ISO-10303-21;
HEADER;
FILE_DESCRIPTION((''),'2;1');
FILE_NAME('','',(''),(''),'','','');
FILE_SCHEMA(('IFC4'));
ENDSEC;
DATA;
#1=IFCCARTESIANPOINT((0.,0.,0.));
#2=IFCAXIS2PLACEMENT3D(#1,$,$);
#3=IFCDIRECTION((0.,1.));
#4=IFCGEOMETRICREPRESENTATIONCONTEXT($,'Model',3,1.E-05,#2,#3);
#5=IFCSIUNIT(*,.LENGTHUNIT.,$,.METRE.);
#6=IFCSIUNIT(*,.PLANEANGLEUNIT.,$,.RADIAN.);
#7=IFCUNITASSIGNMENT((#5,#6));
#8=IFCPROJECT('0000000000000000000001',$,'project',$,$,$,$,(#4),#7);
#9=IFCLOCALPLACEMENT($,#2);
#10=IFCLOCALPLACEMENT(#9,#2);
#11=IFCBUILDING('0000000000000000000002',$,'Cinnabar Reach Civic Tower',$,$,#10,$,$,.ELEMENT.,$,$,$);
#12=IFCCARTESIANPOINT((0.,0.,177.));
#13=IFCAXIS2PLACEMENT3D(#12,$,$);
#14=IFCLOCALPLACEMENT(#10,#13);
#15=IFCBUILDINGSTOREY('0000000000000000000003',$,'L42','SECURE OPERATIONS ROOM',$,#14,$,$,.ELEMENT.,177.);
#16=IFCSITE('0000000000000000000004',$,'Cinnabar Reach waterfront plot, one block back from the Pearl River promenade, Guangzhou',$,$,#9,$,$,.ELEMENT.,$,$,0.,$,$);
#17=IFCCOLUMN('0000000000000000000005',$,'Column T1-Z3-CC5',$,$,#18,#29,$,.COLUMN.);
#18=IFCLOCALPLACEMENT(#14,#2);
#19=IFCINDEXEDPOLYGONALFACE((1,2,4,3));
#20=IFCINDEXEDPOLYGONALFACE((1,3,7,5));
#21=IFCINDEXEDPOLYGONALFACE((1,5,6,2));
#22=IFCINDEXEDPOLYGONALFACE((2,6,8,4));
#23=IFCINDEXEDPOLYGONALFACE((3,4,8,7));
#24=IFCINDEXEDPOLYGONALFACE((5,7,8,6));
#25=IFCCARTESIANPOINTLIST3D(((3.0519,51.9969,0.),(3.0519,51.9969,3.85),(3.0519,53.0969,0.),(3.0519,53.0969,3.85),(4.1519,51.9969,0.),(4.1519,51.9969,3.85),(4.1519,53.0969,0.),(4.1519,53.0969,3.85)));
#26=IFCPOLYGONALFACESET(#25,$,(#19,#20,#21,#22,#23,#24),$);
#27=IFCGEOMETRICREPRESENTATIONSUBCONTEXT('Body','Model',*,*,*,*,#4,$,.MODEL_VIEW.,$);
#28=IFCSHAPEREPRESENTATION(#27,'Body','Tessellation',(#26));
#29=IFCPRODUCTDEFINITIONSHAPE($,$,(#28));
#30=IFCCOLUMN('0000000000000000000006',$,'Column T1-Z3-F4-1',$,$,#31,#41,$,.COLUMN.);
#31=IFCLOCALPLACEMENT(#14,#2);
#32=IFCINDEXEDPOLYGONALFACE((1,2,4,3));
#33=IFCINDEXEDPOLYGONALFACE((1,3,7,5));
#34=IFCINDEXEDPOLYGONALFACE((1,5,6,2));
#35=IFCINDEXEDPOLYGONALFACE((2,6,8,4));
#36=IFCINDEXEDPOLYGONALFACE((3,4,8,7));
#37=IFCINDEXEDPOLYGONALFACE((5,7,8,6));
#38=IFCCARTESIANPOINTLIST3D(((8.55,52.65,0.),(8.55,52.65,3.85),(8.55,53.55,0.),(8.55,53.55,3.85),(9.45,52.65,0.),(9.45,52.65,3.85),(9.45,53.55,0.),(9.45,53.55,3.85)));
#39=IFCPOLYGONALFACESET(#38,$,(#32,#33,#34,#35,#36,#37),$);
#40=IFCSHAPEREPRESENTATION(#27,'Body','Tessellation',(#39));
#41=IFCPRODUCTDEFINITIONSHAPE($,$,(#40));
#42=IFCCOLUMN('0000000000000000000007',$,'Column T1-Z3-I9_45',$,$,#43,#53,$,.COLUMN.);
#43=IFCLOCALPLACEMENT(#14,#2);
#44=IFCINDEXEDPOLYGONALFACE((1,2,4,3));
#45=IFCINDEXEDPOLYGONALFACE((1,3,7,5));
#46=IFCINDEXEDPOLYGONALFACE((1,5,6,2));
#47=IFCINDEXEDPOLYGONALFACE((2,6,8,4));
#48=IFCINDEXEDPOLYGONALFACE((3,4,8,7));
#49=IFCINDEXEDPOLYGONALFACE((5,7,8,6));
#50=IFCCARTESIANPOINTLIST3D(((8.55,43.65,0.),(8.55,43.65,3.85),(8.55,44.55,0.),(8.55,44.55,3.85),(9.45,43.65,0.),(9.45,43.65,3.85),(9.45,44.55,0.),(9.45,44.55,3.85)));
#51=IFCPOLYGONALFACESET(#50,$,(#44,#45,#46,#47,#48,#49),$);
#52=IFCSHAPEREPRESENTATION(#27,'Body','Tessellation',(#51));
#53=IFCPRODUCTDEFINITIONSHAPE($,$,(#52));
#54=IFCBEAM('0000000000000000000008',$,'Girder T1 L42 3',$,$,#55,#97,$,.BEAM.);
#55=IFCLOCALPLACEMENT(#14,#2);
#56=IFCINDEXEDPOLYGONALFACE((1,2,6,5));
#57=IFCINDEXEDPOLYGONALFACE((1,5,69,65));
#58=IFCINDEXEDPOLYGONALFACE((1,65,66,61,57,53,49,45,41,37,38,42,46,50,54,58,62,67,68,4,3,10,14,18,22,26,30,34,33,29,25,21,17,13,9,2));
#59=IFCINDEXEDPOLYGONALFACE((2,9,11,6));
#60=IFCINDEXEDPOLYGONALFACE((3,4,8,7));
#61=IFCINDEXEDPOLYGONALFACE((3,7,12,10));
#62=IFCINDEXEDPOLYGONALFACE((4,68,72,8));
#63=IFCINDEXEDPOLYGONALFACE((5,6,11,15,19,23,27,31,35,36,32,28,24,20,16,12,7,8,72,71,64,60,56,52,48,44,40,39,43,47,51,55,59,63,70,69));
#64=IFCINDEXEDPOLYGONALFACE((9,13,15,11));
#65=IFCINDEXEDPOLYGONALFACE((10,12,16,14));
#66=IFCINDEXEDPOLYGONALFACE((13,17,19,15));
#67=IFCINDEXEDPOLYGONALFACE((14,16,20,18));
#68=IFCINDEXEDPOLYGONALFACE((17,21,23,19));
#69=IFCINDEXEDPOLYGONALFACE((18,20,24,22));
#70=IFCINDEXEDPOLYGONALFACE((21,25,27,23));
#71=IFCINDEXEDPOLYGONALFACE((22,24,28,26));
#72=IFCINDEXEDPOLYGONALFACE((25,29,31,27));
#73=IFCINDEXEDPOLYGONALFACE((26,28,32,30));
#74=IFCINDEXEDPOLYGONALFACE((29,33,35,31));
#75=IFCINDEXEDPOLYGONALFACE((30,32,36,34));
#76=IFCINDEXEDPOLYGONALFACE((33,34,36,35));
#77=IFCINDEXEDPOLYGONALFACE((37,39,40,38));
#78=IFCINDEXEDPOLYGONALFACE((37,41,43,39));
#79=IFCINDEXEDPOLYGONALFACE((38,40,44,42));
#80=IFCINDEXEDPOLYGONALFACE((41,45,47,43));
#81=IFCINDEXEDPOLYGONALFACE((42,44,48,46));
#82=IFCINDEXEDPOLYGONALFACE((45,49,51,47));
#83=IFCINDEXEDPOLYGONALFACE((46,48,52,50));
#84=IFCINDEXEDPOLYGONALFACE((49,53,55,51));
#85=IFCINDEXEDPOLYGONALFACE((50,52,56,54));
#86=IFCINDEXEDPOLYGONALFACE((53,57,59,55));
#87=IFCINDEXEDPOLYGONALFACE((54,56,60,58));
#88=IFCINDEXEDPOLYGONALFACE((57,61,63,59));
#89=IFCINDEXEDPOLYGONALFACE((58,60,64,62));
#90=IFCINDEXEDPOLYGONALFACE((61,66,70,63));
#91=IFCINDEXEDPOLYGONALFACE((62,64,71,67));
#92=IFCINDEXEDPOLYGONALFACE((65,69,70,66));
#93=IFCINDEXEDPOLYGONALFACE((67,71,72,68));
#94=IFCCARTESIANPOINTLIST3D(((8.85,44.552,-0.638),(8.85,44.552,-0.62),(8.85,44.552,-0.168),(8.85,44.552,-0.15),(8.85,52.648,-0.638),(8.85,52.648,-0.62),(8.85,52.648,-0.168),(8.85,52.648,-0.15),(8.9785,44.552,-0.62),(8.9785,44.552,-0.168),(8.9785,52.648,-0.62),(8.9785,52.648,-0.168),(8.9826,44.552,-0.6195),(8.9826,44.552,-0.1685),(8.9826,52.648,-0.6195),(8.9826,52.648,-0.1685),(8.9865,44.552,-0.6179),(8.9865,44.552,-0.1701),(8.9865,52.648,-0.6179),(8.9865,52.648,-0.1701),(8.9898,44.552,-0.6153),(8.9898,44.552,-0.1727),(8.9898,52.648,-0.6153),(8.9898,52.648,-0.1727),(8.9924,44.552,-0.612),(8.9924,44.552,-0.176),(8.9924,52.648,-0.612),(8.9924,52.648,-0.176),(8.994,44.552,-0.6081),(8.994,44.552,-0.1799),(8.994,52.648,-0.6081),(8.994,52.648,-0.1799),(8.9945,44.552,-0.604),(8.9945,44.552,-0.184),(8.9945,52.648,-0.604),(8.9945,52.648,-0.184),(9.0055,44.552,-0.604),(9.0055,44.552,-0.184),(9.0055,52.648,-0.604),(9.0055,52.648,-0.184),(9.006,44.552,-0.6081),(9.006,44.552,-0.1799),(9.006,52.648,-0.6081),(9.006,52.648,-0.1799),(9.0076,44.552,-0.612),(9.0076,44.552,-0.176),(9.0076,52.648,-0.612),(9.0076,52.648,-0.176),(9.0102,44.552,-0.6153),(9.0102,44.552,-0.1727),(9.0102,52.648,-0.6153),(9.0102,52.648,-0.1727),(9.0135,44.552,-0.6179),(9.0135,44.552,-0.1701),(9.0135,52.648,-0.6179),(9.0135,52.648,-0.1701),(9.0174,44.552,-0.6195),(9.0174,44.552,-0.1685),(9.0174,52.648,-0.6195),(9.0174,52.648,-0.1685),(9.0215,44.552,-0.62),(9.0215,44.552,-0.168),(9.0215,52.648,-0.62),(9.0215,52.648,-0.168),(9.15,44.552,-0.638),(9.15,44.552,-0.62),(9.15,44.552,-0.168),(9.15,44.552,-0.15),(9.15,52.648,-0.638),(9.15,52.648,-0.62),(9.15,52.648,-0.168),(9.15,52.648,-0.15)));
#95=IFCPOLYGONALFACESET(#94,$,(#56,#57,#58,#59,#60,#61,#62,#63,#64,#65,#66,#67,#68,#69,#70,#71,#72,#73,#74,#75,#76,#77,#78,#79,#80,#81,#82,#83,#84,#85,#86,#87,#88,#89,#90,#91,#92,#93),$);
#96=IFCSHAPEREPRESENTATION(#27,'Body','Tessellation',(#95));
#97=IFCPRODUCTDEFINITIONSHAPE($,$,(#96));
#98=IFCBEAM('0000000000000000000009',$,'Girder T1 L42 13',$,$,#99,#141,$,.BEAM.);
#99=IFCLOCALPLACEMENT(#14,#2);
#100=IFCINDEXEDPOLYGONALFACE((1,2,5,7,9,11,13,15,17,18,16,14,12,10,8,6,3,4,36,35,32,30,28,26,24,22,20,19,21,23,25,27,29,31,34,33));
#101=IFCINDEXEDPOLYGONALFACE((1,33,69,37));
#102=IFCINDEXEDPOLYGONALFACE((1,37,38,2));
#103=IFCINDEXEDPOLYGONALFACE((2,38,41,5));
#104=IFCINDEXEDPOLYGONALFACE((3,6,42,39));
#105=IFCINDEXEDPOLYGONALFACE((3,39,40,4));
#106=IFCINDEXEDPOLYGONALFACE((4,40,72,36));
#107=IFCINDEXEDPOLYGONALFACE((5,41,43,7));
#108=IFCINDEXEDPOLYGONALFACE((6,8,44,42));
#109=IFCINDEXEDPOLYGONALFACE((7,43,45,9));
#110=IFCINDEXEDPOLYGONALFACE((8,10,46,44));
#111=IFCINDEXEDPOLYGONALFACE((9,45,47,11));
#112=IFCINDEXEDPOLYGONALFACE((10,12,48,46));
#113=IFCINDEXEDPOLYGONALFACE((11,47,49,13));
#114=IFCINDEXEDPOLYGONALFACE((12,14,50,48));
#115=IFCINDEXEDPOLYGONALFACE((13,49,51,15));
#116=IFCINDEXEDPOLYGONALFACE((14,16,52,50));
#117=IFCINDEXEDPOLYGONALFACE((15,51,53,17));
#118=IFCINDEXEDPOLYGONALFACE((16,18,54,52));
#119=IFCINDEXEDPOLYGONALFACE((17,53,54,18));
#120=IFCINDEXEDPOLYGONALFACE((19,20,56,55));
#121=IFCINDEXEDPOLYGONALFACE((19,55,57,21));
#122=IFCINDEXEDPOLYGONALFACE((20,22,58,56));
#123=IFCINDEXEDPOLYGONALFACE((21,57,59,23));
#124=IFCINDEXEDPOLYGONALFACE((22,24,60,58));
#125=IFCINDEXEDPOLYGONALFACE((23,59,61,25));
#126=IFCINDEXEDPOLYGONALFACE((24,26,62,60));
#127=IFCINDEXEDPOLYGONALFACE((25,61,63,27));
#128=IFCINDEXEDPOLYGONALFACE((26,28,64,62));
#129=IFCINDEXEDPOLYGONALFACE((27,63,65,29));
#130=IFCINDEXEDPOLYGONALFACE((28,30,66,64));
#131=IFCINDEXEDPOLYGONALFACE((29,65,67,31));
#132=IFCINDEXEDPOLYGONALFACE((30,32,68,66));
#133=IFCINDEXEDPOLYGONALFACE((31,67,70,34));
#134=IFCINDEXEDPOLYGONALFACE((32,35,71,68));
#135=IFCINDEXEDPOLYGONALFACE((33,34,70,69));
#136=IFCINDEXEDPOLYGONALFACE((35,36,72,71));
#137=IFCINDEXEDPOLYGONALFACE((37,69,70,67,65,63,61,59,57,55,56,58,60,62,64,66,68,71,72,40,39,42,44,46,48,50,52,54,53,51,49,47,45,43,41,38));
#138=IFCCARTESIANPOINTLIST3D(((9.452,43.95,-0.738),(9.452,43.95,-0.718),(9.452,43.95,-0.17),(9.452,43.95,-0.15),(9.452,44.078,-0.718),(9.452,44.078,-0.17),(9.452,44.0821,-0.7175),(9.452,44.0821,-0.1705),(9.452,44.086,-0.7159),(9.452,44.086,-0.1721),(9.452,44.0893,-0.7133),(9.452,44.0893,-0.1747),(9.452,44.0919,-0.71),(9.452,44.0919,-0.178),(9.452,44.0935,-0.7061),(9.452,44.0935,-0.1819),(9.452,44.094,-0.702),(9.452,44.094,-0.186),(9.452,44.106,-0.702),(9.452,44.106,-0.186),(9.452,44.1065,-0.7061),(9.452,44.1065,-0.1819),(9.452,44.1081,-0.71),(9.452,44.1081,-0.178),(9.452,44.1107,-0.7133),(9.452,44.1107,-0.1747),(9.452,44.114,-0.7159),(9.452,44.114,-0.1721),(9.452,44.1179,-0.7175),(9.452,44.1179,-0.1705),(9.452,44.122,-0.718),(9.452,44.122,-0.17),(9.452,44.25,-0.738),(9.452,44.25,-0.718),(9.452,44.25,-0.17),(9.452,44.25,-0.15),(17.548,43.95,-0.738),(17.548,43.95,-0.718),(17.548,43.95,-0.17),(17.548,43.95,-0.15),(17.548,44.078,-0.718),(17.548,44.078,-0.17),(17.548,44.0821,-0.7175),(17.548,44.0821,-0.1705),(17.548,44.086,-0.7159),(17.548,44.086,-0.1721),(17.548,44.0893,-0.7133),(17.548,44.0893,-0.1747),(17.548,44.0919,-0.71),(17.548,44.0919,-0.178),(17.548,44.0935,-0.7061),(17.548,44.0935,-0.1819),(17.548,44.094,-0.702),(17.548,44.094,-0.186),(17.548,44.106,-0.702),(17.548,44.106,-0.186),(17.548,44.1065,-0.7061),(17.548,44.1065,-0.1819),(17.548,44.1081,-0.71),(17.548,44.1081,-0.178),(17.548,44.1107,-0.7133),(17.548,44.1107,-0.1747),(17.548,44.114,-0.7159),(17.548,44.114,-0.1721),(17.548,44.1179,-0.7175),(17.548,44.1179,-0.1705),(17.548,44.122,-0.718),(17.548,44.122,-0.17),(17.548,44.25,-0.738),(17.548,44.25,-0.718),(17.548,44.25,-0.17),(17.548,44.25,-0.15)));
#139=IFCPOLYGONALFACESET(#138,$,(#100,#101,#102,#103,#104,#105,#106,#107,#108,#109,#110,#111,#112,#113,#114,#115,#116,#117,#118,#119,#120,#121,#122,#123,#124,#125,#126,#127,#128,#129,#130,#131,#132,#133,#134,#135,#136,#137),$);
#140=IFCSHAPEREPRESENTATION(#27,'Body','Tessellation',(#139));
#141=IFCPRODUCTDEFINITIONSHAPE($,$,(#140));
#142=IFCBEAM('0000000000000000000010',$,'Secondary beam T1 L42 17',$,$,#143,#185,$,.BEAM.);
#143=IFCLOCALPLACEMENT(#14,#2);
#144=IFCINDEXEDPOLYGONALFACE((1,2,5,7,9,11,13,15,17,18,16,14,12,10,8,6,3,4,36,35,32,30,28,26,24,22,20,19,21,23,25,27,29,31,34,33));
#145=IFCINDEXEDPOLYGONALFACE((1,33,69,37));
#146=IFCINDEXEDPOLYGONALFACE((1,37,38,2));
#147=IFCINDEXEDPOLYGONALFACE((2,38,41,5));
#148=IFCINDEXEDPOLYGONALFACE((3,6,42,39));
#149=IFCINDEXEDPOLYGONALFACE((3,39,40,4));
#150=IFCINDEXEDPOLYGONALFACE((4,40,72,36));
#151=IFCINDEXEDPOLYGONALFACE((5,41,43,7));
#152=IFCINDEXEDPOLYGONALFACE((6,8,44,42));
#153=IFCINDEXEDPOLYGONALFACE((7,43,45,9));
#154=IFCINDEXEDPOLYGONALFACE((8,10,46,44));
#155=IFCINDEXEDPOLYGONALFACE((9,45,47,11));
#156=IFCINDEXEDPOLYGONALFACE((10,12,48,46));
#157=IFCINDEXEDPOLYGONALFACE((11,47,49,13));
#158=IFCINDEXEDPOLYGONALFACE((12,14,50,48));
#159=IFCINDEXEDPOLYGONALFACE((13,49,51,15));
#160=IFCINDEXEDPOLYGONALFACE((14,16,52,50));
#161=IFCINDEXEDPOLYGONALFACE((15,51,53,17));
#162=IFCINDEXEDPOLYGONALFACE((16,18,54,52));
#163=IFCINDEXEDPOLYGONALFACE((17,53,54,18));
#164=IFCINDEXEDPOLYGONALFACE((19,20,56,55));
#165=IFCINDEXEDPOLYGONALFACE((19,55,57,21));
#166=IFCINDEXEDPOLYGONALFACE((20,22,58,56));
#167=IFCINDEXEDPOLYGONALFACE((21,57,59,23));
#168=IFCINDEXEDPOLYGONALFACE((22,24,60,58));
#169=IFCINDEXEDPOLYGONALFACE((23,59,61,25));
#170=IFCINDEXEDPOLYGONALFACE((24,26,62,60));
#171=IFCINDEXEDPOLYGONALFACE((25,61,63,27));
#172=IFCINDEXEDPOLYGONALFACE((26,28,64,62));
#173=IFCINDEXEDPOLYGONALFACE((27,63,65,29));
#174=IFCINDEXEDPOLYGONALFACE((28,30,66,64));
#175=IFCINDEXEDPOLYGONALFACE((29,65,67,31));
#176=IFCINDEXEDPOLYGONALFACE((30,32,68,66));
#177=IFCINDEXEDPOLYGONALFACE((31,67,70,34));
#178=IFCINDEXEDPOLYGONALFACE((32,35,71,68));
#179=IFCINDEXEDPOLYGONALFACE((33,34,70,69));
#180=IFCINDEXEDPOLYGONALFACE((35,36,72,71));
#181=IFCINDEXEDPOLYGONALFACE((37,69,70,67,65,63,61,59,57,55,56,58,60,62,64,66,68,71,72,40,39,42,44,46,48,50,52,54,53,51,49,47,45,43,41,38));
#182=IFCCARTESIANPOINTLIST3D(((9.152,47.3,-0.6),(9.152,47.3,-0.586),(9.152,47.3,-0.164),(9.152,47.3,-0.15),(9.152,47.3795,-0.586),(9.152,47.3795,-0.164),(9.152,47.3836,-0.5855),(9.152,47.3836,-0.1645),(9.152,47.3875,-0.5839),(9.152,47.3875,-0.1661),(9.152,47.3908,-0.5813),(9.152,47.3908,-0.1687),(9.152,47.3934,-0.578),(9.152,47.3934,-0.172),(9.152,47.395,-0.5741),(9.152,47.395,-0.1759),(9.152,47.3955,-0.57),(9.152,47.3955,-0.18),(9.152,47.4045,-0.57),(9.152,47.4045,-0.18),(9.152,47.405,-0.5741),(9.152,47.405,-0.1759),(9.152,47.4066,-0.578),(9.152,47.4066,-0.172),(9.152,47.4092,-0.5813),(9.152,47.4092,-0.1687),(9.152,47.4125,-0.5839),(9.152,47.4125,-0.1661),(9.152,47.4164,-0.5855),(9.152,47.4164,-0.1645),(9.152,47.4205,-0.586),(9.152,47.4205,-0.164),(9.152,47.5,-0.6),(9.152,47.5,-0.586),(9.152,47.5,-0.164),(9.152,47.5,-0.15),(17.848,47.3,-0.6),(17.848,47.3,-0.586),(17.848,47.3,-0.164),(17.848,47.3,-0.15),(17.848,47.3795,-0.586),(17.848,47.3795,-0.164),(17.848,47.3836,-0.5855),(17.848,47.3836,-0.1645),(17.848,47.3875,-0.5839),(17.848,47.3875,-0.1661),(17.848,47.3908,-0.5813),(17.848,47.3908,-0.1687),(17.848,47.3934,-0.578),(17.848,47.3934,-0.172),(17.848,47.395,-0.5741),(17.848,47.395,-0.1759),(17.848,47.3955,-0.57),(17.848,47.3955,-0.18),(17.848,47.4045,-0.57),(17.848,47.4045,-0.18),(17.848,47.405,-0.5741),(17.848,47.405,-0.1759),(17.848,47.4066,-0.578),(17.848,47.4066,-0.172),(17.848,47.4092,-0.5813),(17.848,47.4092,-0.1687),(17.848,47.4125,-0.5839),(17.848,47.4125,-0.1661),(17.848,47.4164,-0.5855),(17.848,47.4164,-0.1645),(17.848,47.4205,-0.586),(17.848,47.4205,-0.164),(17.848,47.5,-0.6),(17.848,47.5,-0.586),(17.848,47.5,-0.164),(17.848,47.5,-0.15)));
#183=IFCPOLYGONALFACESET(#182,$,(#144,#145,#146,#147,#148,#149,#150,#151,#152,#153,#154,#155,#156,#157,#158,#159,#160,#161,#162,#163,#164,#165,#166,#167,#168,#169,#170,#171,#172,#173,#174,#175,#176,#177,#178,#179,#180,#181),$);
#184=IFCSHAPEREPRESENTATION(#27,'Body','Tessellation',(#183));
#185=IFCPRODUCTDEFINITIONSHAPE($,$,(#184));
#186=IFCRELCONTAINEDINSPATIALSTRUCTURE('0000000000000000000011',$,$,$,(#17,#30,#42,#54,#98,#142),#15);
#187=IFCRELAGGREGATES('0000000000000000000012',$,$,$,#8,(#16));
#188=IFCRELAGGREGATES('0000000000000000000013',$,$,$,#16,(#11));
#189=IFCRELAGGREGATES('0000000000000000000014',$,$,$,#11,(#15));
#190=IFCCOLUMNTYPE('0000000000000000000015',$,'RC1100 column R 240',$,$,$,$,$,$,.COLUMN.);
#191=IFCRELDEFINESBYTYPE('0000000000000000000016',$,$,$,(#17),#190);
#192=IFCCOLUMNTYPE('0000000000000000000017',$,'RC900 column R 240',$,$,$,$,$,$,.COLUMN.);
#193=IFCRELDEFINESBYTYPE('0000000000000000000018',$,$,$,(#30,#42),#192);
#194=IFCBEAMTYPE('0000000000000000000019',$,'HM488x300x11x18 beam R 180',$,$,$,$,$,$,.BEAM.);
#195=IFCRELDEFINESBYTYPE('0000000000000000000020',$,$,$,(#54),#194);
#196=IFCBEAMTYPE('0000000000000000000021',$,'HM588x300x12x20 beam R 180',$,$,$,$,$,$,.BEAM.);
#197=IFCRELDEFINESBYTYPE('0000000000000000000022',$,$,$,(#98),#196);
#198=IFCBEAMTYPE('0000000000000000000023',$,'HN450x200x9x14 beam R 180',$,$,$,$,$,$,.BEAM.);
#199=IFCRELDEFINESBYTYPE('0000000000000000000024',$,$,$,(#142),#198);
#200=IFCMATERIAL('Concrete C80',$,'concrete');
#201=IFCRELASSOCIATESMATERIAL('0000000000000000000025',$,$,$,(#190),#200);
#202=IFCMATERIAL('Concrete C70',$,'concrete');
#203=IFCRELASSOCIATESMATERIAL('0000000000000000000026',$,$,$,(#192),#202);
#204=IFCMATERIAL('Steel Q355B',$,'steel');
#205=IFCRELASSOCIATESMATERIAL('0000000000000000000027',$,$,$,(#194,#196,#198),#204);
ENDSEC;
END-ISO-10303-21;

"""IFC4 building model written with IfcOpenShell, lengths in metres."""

from ifc_helpers import new_model, si_unit, direction, frame, origin, origin_2d, place, context, subcontext, project, spatial, rectangle, i_section, extrude, material, material_profile, profile_set, type_object, element, save


model = new_model("IFC4")

# Units and contexts
model_context = context("Model", 3, precision=1e-05, world=origin(), true_north=direction((0.0, 1.0)))
body_context = subcontext(model_context, "Body", "Model", "MODEL_VIEW")
ifc_project = project(units=[si_unit("LENGTHUNIT", "METRE"), si_unit("PLANEANGLEUNIT", "RADIAN")], contexts=[model_context])

# Site, building, storey
site_placement = place(None, origin())
site = spatial("IfcSite", under=ifc_project, at=site_placement, Name="Cinnabar Reach waterfront plot, one block back from the Pearl River promenade, Guangzhou", CompositionType="ELEMENT", RefElevation=0.0)
building_placement = place(site_placement, origin())
building = spatial("IfcBuilding", under=site, at=building_placement, Name="Cinnabar Reach Civic Tower", CompositionType="ELEMENT")
storey_placement = place(building_placement, frame((0.0, 0.0, 177.0)))
storey = spatial("IfcBuildingStorey", under=building, at=storey_placement, Name="L42", Description="SECURE OPERATIONS ROOM", CompositionType="ELEMENT", Elevation=177.0)

# Columns
ifc_material_1 = material(Name="Concrete C80", Category="concrete")
ifc_material_profile_1 = material_profile(ifc_material_1, rectangle(XDim=1.1, YDim=1.1, at=origin_2d()), Name="RC1100")
ifc_profile_set_1 = profile_set([ifc_material_profile_1], Name="Concrete C80")
column_type_1 = type_object("IfcColumnType", Name="RC1100 column R 240", PredefinedType="COLUMN", material=ifc_profile_set_1)
column_placement = place(storey_placement, frame((3.6019, 52.5469, 0.0), z_axis=(0.0, 0.0, 1.0), x_axis=(1.0, 0.0, 0.0)))
element("IfcColumn", 1, at=column_placement, inside=storey, type_object=column_type_1, Name="Column T1-Z3-CC5", PredefinedType="COLUMN", context=body_context, shape_type="SweptSolid", body=[
    extrude(rectangle(XDim=1.1, YDim=1.1, at=origin_2d()), origin(), (0.0, 0.0, 1.0), 3.85),
])
ifc_material_2 = material(Name="Concrete C70", Category="concrete")
ifc_material_profile_2 = material_profile(ifc_material_2, rectangle(XDim=0.9, YDim=0.9, at=origin_2d()), Name="RC900")
ifc_profile_set_2 = profile_set([ifc_material_profile_2], Name="Concrete C70")
column_type_2 = type_object("IfcColumnType", Name="RC900 column R 240", PredefinedType="COLUMN", material=ifc_profile_set_2)
for number, where, z_axis, x_axis, name in (
    (2, (9.0, 53.1, 0.0), (0.0, 0.0, 1.0), (1.0, 0.0, 0.0), "Column T1-Z3-F4-1"),
    (3, (9.0, 44.1, 0.0), (0.0, 0.0, 1.0), (1.0, 0.0, 0.0), "Column T1-Z3-I9_45"),
):
    element("IfcColumn", number, at=place(storey_placement, frame(where, z_axis=z_axis, x_axis=x_axis)), inside=storey, type_object=column_type_2, Name=name, PredefinedType="COLUMN", context=body_context, shape_type="SweptSolid", body=[
        extrude(rectangle(XDim=0.9, YDim=0.9, at=origin_2d()), origin(), (0.0, 0.0, 1.0), 3.85),
    ])

# Beams
ifc_material_3 = material(Name="Steel Q355B", Category="steel")
ifc_material_profile_3 = material_profile(ifc_material_3, i_section(OverallWidth=0.3, OverallDepth=0.488, WebThickness=0.011, FlangeThickness=0.018, FilletRadius=0.016, at=origin_2d()), Name="HM488x300x11x18")
ifc_profile_set_3 = profile_set([ifc_material_profile_3], Name="Steel Q355B")
beam_type_1 = type_object("IfcBeamType", Name="HM488x300x11x18 beam R 180", PredefinedType="BEAM", material=ifc_profile_set_3)
beam_1_placement = place(storey_placement, frame((9.0, 44.552, -0.394), z_axis=(0.0, 1.0, 0.0), x_axis=(-1.0, 0.0, 0.0)))
element("IfcBeam", 4, at=beam_1_placement, inside=storey, type_object=beam_type_1, Name="Girder T1 L42 3", PredefinedType="BEAM", context=body_context, shape_type="SweptSolid", body=[
    extrude(i_section(OverallWidth=0.3, OverallDepth=0.488, WebThickness=0.011, FlangeThickness=0.018, FilletRadius=0.016, at=origin_2d()), origin(), (0.0, 0.0, 1.0), 8.096),
])
ifc_material_profile_4 = material_profile(ifc_material_3, i_section(OverallWidth=0.3, OverallDepth=0.588, WebThickness=0.012, FlangeThickness=0.02, FilletRadius=0.016, at=origin_2d()), Name="HM588x300x12x20")
ifc_profile_set_4 = profile_set([ifc_material_profile_4], Name="Steel Q355B")
beam_type_2 = type_object("IfcBeamType", Name="HM588x300x12x20 beam R 180", PredefinedType="BEAM", material=ifc_profile_set_4)
beam_2_placement = place(storey_placement, frame((9.452, 44.1, -0.444), z_axis=(1.0, 0.0, 0.0), x_axis=(0.0, 1.0, 0.0)))
element("IfcBeam", 5, at=beam_2_placement, inside=storey, type_object=beam_type_2, Name="Girder T1 L42 13", PredefinedType="BEAM", context=body_context, shape_type="SweptSolid", body=[
    extrude(i_section(OverallWidth=0.3, OverallDepth=0.588, WebThickness=0.012, FlangeThickness=0.02, FilletRadius=0.016, at=origin_2d()), origin(), (0.0, 0.0, 1.0), 8.096),
])
ifc_material_profile_5 = material_profile(ifc_material_3, i_section(OverallWidth=0.2, OverallDepth=0.45, WebThickness=0.009, FlangeThickness=0.014, FilletRadius=0.016, at=origin_2d()), Name="HN450x200x9x14")
ifc_profile_set_5 = profile_set([ifc_material_profile_5], Name="Steel Q355B")
beam_type_3 = type_object("IfcBeamType", Name="HN450x200x9x14 beam R 180", PredefinedType="BEAM", material=ifc_profile_set_5)
for number, where, z_axis, x_axis, name in (
    (6, (9.152, 47.4, -0.375), (1.0, 0.0, 0.0), (0.0, 1.0, 0.0), "Secondary beam T1 L42 17"),
):
    element("IfcBeam", number, at=place(storey_placement, frame(where, z_axis=z_axis, x_axis=x_axis)), inside=storey, type_object=beam_type_3, Name=name, PredefinedType="BEAM", context=body_context, shape_type="SweptSolid", body=[
        extrude(i_section(OverallWidth=0.2, OverallDepth=0.45, WebThickness=0.009, FlangeThickness=0.014, FilletRadius=0.016, at=origin_2d()), origin(), (0.0, 0.0, 1.0), 8.696),
    ])

save(model, "model.ifc")
